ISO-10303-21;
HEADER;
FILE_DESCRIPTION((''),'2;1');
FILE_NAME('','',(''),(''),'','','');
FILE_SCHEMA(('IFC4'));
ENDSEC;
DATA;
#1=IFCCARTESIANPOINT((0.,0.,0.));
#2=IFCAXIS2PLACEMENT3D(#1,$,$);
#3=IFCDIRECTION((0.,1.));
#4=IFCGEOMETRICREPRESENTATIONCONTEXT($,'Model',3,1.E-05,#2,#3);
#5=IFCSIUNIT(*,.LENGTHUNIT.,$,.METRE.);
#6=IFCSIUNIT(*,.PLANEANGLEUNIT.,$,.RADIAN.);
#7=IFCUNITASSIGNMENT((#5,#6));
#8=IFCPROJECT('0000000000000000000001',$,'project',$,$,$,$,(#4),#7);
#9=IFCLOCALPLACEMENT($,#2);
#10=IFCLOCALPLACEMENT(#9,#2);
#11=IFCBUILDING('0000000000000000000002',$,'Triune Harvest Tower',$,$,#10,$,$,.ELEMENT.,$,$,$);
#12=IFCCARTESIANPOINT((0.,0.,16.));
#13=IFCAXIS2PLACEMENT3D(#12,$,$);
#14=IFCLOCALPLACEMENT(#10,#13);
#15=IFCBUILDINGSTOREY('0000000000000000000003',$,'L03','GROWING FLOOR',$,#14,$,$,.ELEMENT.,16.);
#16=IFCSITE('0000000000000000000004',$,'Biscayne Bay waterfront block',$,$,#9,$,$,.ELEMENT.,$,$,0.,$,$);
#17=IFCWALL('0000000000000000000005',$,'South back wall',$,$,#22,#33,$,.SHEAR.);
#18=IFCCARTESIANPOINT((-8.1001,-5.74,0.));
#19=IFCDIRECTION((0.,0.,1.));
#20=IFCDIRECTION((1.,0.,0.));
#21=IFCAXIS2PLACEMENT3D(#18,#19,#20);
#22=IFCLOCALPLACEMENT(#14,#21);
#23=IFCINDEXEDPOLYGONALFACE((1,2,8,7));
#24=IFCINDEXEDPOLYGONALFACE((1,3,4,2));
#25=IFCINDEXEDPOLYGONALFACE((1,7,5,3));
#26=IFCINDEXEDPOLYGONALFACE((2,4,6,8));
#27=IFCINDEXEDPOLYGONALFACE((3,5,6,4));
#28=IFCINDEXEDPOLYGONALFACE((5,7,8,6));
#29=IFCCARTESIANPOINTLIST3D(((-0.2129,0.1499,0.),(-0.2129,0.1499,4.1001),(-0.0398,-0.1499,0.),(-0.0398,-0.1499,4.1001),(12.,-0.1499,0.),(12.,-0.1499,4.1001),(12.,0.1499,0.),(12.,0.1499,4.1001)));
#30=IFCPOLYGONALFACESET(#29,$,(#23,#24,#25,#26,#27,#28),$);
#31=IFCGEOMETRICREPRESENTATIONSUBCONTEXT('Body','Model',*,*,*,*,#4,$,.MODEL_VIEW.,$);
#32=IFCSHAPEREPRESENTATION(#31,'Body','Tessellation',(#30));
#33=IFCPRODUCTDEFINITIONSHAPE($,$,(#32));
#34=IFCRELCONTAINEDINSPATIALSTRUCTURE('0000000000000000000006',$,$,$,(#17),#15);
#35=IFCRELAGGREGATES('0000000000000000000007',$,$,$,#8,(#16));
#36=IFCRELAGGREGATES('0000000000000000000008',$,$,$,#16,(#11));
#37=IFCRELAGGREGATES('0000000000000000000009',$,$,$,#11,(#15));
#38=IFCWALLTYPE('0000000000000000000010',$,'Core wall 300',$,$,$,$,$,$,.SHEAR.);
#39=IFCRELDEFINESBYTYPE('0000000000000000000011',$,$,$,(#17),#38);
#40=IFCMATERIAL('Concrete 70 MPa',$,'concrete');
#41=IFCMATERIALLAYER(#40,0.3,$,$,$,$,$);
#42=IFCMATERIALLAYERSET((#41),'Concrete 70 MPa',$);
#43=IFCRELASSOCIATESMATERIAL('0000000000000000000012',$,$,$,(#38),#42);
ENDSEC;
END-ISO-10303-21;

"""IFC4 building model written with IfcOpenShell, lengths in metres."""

from ifc_helpers import new_model, si_unit, direction, frame, origin, place, context, subcontext, project, spatial, polyline, outline, extrude, source, transform, mapped, material, layer, layer_set, type_object, element, save


model = new_model("IFC4")

# Units and contexts
model_context = context("Model", 3, precision=1e-05, world=origin(), true_north=direction((0.0, 1.0)))
body_context = subcontext(model_context, "Body", "Model", "MODEL_VIEW")
ifc_project = project(units=[si_unit("LENGTHUNIT", "METRE"), si_unit("PLANEANGLEUNIT", "RADIAN")], contexts=[model_context])

# Site, building, storey
site_placement = place(None, origin())
site = spatial("IfcSite", under=ifc_project, at=site_placement, Name="Biscayne Bay waterfront block", CompositionType="ELEMENT", RefElevation=0.0)
building_placement = place(site_placement, origin())
building = spatial("IfcBuilding", under=site, at=building_placement, Name="Triune Harvest Tower", CompositionType="ELEMENT")
storey_placement = place(building_placement, frame((0.0, 0.0, 16.0)))
storey = spatial("IfcBuildingStorey", under=building, at=storey_placement, Name="L03", Description="GROWING FLOOR", CompositionType="ELEMENT", Elevation=16.0)

# Shared definitions
ifc_material_1 = material(Name="Concrete 70 MPa", Category="concrete")
ifc_layer_1 = layer(ifc_material_1, 0.3)
ifc_layer_set_1 = layer_set([ifc_layer_1], Name="Concrete 70 MPa")
wall_type_1 = type_object("IfcWallType", Name="Core wall 300", PredefinedType="SHEAR", material=ifc_layer_set_1)

# Wall
shared_shape_1 = source(origin(), body_context, "Body", "SweptSolid", [
    extrude(outline(polyline([(12.0, -0.1499), (-0.0398, -0.1499), (-0.2129, 0.1499), (12.0, 0.1499), (12.0, -0.1499)])), origin(), (0.0, 0.0, 1.0), 4.1001),
])
wall_1_placement = place(storey_placement, frame((-8.1001, -5.74, 0.0), z_axis=(0.0, 0.0, 1.0), x_axis=(1.0, 0.0, 0.0)))
element("IfcWall", 1, at=wall_1_placement, inside=storey, type_object=wall_type_1, Name="South back wall", PredefinedType="SHEAR", context=body_context, shape_type="MappedRepresentation", body=[
    mapped(shared_shape_1, transform((0.0, 0.0, 0.0), scale=1.0)),
])

save(model, "model.ifc")
